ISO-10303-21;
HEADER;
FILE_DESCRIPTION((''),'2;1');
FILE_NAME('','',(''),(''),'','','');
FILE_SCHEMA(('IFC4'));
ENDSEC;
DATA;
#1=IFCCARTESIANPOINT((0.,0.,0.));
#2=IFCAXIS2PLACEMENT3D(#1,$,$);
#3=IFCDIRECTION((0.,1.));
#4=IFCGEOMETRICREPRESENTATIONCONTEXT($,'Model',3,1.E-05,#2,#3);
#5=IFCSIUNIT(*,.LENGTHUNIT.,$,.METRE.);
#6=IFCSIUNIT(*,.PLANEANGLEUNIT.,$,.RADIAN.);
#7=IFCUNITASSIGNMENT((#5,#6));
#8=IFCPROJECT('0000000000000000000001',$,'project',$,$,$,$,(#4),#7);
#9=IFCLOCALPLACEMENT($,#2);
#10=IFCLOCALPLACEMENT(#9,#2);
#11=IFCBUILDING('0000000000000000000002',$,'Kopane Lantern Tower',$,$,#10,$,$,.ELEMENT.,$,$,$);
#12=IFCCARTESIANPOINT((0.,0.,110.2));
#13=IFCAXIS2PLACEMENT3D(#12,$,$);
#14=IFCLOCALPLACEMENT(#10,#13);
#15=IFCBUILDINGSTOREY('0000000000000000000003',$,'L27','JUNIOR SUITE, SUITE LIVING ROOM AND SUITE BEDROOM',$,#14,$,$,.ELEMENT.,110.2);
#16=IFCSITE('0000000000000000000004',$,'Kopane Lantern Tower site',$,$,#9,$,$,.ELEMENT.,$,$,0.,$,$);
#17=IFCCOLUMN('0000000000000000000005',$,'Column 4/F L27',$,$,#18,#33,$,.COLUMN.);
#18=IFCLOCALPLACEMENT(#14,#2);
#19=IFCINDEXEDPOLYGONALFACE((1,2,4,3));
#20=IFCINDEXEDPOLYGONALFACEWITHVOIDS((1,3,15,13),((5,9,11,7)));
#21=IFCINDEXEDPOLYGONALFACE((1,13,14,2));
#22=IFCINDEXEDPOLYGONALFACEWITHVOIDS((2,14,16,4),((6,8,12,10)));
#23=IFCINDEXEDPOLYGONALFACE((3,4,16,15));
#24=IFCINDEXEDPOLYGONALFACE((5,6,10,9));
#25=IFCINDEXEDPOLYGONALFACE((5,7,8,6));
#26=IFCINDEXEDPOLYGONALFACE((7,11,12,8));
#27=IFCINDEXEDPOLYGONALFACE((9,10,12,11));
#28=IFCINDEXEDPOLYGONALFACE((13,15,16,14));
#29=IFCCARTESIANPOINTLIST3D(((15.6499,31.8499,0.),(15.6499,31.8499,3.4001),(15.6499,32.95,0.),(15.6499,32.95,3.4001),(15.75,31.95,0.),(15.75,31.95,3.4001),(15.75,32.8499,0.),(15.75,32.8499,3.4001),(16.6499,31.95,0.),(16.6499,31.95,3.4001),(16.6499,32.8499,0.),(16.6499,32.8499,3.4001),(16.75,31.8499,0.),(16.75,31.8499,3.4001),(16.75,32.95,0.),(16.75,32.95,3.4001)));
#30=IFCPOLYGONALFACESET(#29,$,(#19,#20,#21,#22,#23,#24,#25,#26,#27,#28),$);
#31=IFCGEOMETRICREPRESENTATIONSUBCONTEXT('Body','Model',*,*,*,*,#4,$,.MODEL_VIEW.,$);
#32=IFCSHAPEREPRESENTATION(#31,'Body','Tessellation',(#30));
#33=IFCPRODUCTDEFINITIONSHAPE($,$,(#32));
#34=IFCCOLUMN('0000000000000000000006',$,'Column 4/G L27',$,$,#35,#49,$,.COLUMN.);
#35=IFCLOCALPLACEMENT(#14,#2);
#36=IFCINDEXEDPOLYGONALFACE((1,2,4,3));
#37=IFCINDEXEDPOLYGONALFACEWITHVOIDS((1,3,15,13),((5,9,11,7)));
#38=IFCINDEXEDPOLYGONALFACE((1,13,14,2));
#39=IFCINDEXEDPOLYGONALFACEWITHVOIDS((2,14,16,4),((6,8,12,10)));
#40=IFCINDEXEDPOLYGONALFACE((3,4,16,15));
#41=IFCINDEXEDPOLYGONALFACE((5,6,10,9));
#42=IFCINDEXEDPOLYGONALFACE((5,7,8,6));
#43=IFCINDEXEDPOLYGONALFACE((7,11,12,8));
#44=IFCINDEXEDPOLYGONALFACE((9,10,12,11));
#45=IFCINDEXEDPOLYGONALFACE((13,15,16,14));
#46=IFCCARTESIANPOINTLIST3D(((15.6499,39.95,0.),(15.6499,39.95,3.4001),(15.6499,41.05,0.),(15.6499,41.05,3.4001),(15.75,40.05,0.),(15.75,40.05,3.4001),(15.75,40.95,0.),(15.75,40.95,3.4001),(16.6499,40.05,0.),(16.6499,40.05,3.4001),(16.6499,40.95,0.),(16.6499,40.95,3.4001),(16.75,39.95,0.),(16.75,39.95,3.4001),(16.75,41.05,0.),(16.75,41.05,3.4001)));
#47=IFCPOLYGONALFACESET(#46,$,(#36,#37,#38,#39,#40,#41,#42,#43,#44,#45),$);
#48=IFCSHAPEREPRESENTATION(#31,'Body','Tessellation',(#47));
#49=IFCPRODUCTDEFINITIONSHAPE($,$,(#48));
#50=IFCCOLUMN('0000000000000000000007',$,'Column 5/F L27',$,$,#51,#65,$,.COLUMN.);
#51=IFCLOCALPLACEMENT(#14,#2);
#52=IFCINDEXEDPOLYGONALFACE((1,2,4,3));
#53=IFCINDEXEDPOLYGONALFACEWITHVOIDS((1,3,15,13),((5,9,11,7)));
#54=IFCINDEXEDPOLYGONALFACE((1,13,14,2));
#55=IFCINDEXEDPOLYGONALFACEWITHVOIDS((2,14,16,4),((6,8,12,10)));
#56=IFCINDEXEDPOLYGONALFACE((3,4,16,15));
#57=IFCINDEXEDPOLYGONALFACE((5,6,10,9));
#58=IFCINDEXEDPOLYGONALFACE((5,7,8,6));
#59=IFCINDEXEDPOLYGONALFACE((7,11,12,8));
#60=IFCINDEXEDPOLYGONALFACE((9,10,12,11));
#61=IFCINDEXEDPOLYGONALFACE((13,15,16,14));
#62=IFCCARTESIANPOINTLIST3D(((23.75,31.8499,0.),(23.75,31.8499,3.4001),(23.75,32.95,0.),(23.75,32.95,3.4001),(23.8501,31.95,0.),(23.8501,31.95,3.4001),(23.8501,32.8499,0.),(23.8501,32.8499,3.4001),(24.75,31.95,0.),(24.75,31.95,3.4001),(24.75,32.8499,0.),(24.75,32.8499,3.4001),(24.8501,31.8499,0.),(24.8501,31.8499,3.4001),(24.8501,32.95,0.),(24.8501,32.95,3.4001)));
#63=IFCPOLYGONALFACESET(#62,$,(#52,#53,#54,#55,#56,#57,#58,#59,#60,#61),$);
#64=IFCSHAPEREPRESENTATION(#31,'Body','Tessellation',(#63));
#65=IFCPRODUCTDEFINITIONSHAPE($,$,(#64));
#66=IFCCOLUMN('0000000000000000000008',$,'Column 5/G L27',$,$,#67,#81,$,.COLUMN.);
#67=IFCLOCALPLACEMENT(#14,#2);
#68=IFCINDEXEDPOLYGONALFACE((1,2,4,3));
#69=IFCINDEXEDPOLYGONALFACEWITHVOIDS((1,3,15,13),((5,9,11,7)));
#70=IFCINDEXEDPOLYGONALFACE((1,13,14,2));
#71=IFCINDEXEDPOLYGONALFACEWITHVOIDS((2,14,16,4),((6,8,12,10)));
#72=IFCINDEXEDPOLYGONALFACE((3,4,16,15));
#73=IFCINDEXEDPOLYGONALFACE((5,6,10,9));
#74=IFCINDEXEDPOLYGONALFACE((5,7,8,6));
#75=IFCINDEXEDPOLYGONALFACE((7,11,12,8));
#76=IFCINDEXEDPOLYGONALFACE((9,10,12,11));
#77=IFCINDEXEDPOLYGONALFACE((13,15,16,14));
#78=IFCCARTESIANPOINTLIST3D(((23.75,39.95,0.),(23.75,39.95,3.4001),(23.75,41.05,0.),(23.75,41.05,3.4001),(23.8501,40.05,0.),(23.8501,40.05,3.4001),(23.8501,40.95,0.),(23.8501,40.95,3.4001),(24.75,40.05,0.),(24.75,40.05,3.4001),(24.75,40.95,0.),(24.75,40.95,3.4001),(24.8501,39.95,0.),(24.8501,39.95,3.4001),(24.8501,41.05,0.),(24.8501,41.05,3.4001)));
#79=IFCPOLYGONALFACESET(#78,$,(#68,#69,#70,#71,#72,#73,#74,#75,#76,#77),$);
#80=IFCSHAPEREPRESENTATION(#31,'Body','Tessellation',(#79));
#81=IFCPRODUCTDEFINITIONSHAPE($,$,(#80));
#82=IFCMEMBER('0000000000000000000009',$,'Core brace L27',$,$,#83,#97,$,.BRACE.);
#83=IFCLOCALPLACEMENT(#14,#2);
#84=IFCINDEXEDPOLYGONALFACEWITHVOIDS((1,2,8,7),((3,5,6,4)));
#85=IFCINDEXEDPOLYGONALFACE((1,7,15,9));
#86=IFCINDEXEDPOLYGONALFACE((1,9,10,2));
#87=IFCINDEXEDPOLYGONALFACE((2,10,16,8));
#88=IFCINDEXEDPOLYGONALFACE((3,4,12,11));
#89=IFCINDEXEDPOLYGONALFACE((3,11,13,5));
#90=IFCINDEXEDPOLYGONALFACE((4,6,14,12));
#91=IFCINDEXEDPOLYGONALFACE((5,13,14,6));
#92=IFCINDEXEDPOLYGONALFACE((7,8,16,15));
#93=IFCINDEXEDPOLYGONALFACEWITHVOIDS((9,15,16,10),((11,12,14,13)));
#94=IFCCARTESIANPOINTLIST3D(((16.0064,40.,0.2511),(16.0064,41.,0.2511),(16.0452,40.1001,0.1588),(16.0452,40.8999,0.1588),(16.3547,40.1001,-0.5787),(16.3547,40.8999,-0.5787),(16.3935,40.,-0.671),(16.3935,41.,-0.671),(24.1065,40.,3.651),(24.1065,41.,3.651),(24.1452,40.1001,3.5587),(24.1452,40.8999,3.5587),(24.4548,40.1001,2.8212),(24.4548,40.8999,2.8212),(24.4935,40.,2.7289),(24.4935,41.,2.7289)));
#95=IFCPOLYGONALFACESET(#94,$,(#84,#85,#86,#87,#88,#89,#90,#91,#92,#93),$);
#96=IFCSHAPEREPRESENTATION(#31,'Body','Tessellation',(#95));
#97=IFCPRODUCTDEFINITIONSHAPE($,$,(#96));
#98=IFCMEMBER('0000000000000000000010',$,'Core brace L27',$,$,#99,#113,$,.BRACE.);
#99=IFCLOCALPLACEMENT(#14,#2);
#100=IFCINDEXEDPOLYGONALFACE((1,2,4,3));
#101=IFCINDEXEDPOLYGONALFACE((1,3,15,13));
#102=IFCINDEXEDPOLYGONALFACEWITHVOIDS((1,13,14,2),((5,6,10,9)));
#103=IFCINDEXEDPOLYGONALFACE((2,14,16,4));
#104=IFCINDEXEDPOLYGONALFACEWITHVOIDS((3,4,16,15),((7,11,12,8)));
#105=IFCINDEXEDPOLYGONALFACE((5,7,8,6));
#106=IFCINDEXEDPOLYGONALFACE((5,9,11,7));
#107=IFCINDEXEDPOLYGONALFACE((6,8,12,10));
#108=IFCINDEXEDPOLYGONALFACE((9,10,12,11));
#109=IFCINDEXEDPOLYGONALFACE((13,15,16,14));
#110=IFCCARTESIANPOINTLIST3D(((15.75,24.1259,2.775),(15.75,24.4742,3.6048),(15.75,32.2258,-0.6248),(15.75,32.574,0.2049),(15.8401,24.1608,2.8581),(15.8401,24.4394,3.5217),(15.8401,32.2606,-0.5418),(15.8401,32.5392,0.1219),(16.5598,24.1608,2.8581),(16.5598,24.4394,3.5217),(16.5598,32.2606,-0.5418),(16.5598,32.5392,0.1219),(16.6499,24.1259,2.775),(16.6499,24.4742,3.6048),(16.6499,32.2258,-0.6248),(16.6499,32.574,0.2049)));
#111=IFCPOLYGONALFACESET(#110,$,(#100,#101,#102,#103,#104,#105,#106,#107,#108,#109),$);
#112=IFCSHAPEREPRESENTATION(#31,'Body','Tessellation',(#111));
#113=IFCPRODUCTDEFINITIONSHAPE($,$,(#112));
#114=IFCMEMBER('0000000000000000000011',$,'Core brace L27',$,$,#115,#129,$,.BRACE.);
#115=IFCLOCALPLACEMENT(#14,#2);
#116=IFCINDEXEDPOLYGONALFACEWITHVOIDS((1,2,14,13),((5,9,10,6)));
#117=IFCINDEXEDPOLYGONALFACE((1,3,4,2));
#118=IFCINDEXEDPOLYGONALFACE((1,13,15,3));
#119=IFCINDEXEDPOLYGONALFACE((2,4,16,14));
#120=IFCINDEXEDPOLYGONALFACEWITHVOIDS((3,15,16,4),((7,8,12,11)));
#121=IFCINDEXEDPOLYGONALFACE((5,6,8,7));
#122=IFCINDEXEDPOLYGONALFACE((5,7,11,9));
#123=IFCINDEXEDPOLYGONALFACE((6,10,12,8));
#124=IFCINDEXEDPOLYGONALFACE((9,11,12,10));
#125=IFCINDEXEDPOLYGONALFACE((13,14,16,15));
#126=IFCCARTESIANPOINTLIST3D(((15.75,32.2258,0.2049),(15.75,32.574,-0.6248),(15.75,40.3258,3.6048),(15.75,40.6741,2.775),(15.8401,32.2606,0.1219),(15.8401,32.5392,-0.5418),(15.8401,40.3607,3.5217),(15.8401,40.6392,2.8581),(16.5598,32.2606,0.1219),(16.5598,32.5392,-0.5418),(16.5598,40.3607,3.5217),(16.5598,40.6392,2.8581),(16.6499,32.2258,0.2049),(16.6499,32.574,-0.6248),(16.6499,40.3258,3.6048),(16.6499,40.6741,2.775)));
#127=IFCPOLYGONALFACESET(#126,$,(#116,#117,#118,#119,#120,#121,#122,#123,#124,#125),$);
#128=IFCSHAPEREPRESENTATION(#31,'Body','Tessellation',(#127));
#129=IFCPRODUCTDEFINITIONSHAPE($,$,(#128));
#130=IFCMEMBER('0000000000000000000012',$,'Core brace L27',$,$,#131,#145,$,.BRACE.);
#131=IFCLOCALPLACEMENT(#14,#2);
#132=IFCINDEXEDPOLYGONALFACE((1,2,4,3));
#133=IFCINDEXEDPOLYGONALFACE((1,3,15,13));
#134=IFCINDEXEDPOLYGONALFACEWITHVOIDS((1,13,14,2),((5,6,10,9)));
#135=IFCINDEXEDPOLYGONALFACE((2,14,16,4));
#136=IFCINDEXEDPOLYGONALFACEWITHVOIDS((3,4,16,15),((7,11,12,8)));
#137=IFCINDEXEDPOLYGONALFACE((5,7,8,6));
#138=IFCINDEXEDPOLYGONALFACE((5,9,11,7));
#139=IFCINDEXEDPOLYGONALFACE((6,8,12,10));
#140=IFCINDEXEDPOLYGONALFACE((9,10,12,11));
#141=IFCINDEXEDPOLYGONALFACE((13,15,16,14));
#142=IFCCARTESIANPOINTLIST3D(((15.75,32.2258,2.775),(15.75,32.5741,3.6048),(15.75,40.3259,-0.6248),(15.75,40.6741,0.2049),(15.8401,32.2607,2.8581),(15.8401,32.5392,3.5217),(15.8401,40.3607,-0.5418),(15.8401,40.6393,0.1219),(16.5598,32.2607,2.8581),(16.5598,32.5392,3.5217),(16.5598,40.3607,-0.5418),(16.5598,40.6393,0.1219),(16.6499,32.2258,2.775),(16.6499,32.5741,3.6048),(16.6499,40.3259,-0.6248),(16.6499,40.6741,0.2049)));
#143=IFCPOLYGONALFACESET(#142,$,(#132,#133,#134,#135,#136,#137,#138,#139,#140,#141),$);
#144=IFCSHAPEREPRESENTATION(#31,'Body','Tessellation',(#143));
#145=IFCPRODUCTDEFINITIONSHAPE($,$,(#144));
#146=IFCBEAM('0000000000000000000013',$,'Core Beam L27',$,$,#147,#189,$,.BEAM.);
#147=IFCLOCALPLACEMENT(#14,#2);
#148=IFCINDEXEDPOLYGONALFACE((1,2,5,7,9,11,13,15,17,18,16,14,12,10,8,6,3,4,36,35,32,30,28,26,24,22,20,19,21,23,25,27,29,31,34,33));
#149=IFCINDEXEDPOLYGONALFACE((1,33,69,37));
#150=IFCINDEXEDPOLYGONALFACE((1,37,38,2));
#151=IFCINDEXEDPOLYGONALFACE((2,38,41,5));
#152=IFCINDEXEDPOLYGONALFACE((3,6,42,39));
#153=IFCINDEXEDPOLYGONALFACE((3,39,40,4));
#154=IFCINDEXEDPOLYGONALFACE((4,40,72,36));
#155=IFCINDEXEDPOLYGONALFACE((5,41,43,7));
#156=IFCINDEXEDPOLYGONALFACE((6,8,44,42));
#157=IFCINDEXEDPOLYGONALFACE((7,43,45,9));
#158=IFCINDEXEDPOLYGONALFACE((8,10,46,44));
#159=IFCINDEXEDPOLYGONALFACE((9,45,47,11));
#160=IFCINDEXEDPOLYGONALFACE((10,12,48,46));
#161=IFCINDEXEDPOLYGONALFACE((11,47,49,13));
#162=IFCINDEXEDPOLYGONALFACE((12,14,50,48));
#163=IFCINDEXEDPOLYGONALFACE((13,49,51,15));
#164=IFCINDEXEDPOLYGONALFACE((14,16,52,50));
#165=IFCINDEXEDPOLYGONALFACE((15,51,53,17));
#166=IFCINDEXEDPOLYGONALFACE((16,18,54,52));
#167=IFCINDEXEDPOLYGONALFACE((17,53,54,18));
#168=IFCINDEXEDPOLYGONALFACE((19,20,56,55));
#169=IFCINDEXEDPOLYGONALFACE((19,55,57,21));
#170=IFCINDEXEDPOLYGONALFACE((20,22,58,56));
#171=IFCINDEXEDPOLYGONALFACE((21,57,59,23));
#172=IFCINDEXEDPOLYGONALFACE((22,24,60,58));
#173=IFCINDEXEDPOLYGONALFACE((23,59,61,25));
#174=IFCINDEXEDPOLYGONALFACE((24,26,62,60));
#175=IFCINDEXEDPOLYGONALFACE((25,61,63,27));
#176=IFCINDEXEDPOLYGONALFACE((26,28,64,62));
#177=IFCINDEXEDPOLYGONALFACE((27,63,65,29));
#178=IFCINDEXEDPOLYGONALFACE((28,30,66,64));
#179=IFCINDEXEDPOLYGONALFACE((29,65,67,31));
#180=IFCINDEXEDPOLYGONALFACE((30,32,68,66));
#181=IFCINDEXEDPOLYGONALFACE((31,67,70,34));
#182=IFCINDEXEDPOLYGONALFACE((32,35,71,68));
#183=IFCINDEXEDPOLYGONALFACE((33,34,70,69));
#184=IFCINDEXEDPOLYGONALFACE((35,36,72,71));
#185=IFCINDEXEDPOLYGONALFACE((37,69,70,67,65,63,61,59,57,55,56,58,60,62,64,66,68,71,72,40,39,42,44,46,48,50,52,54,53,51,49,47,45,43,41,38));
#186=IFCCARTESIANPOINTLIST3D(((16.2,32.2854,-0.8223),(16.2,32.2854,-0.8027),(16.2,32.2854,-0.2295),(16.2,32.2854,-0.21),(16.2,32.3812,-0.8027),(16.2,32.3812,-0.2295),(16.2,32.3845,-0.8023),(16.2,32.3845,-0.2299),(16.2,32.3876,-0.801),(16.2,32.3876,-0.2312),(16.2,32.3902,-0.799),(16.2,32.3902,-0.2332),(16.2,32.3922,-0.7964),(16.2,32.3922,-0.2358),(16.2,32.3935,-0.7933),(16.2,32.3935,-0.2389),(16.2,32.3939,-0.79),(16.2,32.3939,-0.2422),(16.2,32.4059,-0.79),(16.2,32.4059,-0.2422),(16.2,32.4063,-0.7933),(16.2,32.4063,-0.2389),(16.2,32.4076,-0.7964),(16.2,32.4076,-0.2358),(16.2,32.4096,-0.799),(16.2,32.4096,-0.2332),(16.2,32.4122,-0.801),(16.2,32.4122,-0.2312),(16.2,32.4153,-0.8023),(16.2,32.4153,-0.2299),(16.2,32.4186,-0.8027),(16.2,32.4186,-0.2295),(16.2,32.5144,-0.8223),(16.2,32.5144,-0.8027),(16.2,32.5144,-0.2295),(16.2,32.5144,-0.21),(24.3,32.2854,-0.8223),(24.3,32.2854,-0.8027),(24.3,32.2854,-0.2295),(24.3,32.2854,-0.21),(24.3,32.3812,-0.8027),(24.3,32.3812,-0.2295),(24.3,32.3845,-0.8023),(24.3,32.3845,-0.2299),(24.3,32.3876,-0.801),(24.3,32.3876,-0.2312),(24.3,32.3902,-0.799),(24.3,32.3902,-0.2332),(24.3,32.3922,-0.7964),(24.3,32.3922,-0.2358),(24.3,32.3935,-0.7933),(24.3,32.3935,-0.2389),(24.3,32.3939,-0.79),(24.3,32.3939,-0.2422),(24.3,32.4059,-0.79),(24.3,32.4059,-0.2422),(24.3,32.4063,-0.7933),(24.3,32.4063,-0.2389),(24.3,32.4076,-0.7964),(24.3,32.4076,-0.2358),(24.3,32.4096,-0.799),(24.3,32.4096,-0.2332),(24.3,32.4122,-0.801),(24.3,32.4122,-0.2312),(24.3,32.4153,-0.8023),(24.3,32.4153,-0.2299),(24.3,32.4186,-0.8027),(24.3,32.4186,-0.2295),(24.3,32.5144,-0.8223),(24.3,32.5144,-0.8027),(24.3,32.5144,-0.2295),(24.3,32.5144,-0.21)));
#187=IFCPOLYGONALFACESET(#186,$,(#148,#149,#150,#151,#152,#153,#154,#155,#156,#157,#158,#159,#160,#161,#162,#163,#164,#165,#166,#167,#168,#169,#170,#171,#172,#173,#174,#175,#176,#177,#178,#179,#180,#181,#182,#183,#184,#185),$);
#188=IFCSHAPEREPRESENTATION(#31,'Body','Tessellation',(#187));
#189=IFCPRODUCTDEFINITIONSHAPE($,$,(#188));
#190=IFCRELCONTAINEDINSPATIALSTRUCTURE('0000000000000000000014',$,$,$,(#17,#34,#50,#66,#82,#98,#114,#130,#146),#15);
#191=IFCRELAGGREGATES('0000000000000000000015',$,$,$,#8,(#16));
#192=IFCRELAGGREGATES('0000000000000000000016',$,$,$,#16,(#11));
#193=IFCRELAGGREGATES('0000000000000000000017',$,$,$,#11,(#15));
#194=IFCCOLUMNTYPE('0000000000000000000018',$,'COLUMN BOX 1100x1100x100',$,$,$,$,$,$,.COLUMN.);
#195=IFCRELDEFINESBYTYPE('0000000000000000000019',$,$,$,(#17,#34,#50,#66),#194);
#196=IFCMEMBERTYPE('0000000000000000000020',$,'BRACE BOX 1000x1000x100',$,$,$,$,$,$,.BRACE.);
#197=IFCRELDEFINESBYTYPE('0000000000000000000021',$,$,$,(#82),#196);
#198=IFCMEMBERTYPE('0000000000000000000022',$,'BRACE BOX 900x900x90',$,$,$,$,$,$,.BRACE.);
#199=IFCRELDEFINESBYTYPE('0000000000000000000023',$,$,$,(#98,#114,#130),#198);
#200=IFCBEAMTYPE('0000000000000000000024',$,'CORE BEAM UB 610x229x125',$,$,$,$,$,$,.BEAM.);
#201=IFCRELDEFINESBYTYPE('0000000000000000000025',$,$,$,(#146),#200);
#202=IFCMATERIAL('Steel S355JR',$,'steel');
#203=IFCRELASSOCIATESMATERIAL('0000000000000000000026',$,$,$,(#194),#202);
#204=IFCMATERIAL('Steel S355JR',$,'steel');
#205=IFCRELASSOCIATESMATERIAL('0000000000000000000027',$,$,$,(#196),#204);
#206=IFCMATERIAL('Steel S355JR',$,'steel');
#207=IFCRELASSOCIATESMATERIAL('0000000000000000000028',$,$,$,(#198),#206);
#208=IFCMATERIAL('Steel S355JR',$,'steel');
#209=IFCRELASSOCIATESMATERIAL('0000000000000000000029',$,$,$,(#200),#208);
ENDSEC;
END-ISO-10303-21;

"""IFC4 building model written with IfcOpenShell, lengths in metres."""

from ifc_helpers import new_model, si_unit, direction, frame, origin, origin_2d, place, context, subcontext, project, spatial, hollow_rectangle, i_section, extrude, material, material_profile, profile_set, type_object, element, save


model = new_model("IFC4")

# Units and contexts
model_context = context("Model", 3, precision=1e-05, world=origin(), true_north=direction((0.0, 1.0)))
body_context = subcontext(model_context, "Body", "Model", "MODEL_VIEW")
ifc_project = project(units=[si_unit("LENGTHUNIT", "METRE"), si_unit("PLANEANGLEUNIT", "RADIAN")], contexts=[model_context])

# Site, building, storey
site_placement = place(None, origin())
site = spatial("IfcSite", under=ifc_project, at=site_placement, Name="Kopane Lantern Tower site", CompositionType="ELEMENT", RefElevation=0.0)
building_placement = place(site_placement, origin())
building = spatial("IfcBuilding", under=site, at=building_placement, Name="Kopane Lantern Tower", CompositionType="ELEMENT")
storey_placement = place(building_placement, frame((0.0, 0.0, 110.2)))
storey = spatial("IfcBuildingStorey", under=building, at=storey_placement, Name="L27", Description="JUNIOR SUITE, SUITE LIVING ROOM AND SUITE BEDROOM", CompositionType="ELEMENT", Elevation=110.2)

# Columns
ifc_material_1 = material(Name="Steel S355JR", Category="steel")
ifc_material_profile_1 = material_profile(ifc_material_1, hollow_rectangle(XDim=1.1001, YDim=1.1001, WallThickness=0.1001, at=origin_2d()), Name="BOX 1100x1100x100")
ifc_profile_set_1 = profile_set([ifc_material_profile_1], Name="Steel S355JR")
column_type = type_object("IfcColumnType", Name="COLUMN BOX 1100x1100x100", PredefinedType="COLUMN", material=ifc_profile_set_1)
for number, where, z_axis, x_axis, name in (
    (1, (16.2, 32.3999, 0.0), (0.0, 0.0, 1.0), (1.0, 0.0, 0.0), "Column 4/F L27"),
    (2, (16.2, 40.5, 0.0), (0.0, 0.0, 1.0), (1.0, 0.0, 0.0), "Column 4/G L27"),
    (3, (24.3, 32.3999, 0.0), (0.0, 0.0, 1.0), (1.0, 0.0, 0.0), "Column 5/F L27"),
    (4, (24.3, 40.5, 0.0), (0.0, 0.0, 1.0), (1.0, 0.0, 0.0), "Column 5/G L27"),
):
    element("IfcColumn", number, at=place(storey_placement, frame(where, z_axis=z_axis, x_axis=x_axis)), inside=storey, type_object=column_type, Name=name, PredefinedType="COLUMN", context=body_context, shape_type="SweptSolid", body=[
        extrude(hollow_rectangle(XDim=1.1001, YDim=1.1001, WallThickness=0.1001, at=origin_2d()), origin(), (0.0, 0.0, 1.0), 3.4001),
    ])

# Members
ifc_material_2 = material(Name="Steel S355JR", Category="steel")
ifc_material_profile_2 = material_profile(ifc_material_2, hollow_rectangle(XDim=1.0, YDim=1.0, WallThickness=0.1001, at=origin_2d()), Name="BOX 1000x1000x100")
ifc_profile_set_2 = profile_set([ifc_material_profile_2], Name="Steel S355JR")
member_type_1 = type_object("IfcMemberType", Name="BRACE BOX 1000x1000x100", PredefinedType="BRACE", material=ifc_profile_set_2)
member_1_placement = place(storey_placement, frame((16.2, 40.5, -0.21), z_axis=(0.922069, 0.0, 0.387026), x_axis=(0.0, 1.0, 0.0)))
element("IfcMember", 5, at=member_1_placement, inside=storey, type_object=member_type_1, Name="Core brace L27", PredefinedType="BRACE", context=body_context, shape_type="SweptSolid", body=[
    extrude(hollow_rectangle(XDim=1.0, YDim=1.0, WallThickness=0.1001, at=origin_2d()), origin(), (0.0, 0.0, 1.0), 8.7847),
])
ifc_material_3 = material(Name="Steel S355JR", Category="steel")
ifc_material_profile_3 = material_profile(ifc_material_3, hollow_rectangle(XDim=0.8999, YDim=0.8999, WallThickness=0.0901, at=origin_2d()), Name="BOX 900x900x90")
ifc_profile_set_3 = profile_set([ifc_material_profile_3], Name="Steel S355JR")
member_type_2 = type_object("IfcMemberType", Name="BRACE BOX 900x900x90", PredefinedType="BRACE", material=ifc_profile_set_3)
member_2_placement = place(storey_placement, frame((16.2, 32.3999, -0.21), z_axis=(0.0, -0.922065, 0.387035), x_axis=(1.0, 0.0, 0.0)))
element("IfcMember", 6, at=member_2_placement, inside=storey, type_object=member_type_2, Name="Core brace L27", PredefinedType="BRACE", context=body_context, shape_type="SweptSolid", body=[
    extrude(hollow_rectangle(XDim=0.8999, YDim=0.8999, WallThickness=0.0901, at=origin_2d()), origin(), (0.0, 0.0, 1.0), 8.7844),
])
for number, where, z_axis, x_axis, name in (
    (7, (16.2, 32.3999, -0.21), (0.0, 0.922069, 0.387026), (-1.0, 0.0, 0.0), "Core brace L27"),
    (8, (16.2, 40.5, -0.21), (0.0, -0.922069, 0.387026), (1.0, 0.0, 0.0), "Core brace L27"),
):
    element("IfcMember", number, at=place(storey_placement, frame(where, z_axis=z_axis, x_axis=x_axis)), inside=storey, type_object=member_type_2, Name=name, PredefinedType="BRACE", context=body_context, shape_type="SweptSolid", body=[
        extrude(hollow_rectangle(XDim=0.8999, YDim=0.8999, WallThickness=0.0901, at=origin_2d()), origin(), (0.0, 0.0, 1.0), 8.7847),
    ])

# Beam
ifc_material_4 = material(Name="Steel S355JR", Category="steel")
ifc_material_profile_4 = material_profile(ifc_material_4, i_section(OverallWidth=0.229, OverallDepth=0.6123, WebThickness=0.012, FlangeThickness=0.0195, FilletRadius=0.0127, at=origin_2d()), Name="UB 610x229x125")
ifc_profile_set_4 = profile_set([ifc_material_profile_4], Name="Steel S355JR")
beam_type_1 = type_object("IfcBeamType", Name="CORE BEAM UB 610x229x125", PredefinedType="BEAM", material=ifc_profile_set_4)
for number, where, z_axis, x_axis, name in (
    (9, (16.2, 32.3999, -0.5161), (1.0, 0.0, 0.0), (0.0, 1.0, 0.0), "Core Beam L27"),
):
    element("IfcBeam", number, at=place(storey_placement, frame(where, z_axis=z_axis, x_axis=x_axis)), inside=storey, type_object=beam_type_1, Name=name, PredefinedType="BEAM", context=body_context, shape_type="SweptSolid", body=[
        extrude(i_section(OverallWidth=0.229, OverallDepth=0.6123, WebThickness=0.012, FlangeThickness=0.0195, FilletRadius=0.0127, at=origin_2d()), origin(), (0.0, 0.0, 1.0), 8.1001),
    ])

save(model, "model.ifc")
